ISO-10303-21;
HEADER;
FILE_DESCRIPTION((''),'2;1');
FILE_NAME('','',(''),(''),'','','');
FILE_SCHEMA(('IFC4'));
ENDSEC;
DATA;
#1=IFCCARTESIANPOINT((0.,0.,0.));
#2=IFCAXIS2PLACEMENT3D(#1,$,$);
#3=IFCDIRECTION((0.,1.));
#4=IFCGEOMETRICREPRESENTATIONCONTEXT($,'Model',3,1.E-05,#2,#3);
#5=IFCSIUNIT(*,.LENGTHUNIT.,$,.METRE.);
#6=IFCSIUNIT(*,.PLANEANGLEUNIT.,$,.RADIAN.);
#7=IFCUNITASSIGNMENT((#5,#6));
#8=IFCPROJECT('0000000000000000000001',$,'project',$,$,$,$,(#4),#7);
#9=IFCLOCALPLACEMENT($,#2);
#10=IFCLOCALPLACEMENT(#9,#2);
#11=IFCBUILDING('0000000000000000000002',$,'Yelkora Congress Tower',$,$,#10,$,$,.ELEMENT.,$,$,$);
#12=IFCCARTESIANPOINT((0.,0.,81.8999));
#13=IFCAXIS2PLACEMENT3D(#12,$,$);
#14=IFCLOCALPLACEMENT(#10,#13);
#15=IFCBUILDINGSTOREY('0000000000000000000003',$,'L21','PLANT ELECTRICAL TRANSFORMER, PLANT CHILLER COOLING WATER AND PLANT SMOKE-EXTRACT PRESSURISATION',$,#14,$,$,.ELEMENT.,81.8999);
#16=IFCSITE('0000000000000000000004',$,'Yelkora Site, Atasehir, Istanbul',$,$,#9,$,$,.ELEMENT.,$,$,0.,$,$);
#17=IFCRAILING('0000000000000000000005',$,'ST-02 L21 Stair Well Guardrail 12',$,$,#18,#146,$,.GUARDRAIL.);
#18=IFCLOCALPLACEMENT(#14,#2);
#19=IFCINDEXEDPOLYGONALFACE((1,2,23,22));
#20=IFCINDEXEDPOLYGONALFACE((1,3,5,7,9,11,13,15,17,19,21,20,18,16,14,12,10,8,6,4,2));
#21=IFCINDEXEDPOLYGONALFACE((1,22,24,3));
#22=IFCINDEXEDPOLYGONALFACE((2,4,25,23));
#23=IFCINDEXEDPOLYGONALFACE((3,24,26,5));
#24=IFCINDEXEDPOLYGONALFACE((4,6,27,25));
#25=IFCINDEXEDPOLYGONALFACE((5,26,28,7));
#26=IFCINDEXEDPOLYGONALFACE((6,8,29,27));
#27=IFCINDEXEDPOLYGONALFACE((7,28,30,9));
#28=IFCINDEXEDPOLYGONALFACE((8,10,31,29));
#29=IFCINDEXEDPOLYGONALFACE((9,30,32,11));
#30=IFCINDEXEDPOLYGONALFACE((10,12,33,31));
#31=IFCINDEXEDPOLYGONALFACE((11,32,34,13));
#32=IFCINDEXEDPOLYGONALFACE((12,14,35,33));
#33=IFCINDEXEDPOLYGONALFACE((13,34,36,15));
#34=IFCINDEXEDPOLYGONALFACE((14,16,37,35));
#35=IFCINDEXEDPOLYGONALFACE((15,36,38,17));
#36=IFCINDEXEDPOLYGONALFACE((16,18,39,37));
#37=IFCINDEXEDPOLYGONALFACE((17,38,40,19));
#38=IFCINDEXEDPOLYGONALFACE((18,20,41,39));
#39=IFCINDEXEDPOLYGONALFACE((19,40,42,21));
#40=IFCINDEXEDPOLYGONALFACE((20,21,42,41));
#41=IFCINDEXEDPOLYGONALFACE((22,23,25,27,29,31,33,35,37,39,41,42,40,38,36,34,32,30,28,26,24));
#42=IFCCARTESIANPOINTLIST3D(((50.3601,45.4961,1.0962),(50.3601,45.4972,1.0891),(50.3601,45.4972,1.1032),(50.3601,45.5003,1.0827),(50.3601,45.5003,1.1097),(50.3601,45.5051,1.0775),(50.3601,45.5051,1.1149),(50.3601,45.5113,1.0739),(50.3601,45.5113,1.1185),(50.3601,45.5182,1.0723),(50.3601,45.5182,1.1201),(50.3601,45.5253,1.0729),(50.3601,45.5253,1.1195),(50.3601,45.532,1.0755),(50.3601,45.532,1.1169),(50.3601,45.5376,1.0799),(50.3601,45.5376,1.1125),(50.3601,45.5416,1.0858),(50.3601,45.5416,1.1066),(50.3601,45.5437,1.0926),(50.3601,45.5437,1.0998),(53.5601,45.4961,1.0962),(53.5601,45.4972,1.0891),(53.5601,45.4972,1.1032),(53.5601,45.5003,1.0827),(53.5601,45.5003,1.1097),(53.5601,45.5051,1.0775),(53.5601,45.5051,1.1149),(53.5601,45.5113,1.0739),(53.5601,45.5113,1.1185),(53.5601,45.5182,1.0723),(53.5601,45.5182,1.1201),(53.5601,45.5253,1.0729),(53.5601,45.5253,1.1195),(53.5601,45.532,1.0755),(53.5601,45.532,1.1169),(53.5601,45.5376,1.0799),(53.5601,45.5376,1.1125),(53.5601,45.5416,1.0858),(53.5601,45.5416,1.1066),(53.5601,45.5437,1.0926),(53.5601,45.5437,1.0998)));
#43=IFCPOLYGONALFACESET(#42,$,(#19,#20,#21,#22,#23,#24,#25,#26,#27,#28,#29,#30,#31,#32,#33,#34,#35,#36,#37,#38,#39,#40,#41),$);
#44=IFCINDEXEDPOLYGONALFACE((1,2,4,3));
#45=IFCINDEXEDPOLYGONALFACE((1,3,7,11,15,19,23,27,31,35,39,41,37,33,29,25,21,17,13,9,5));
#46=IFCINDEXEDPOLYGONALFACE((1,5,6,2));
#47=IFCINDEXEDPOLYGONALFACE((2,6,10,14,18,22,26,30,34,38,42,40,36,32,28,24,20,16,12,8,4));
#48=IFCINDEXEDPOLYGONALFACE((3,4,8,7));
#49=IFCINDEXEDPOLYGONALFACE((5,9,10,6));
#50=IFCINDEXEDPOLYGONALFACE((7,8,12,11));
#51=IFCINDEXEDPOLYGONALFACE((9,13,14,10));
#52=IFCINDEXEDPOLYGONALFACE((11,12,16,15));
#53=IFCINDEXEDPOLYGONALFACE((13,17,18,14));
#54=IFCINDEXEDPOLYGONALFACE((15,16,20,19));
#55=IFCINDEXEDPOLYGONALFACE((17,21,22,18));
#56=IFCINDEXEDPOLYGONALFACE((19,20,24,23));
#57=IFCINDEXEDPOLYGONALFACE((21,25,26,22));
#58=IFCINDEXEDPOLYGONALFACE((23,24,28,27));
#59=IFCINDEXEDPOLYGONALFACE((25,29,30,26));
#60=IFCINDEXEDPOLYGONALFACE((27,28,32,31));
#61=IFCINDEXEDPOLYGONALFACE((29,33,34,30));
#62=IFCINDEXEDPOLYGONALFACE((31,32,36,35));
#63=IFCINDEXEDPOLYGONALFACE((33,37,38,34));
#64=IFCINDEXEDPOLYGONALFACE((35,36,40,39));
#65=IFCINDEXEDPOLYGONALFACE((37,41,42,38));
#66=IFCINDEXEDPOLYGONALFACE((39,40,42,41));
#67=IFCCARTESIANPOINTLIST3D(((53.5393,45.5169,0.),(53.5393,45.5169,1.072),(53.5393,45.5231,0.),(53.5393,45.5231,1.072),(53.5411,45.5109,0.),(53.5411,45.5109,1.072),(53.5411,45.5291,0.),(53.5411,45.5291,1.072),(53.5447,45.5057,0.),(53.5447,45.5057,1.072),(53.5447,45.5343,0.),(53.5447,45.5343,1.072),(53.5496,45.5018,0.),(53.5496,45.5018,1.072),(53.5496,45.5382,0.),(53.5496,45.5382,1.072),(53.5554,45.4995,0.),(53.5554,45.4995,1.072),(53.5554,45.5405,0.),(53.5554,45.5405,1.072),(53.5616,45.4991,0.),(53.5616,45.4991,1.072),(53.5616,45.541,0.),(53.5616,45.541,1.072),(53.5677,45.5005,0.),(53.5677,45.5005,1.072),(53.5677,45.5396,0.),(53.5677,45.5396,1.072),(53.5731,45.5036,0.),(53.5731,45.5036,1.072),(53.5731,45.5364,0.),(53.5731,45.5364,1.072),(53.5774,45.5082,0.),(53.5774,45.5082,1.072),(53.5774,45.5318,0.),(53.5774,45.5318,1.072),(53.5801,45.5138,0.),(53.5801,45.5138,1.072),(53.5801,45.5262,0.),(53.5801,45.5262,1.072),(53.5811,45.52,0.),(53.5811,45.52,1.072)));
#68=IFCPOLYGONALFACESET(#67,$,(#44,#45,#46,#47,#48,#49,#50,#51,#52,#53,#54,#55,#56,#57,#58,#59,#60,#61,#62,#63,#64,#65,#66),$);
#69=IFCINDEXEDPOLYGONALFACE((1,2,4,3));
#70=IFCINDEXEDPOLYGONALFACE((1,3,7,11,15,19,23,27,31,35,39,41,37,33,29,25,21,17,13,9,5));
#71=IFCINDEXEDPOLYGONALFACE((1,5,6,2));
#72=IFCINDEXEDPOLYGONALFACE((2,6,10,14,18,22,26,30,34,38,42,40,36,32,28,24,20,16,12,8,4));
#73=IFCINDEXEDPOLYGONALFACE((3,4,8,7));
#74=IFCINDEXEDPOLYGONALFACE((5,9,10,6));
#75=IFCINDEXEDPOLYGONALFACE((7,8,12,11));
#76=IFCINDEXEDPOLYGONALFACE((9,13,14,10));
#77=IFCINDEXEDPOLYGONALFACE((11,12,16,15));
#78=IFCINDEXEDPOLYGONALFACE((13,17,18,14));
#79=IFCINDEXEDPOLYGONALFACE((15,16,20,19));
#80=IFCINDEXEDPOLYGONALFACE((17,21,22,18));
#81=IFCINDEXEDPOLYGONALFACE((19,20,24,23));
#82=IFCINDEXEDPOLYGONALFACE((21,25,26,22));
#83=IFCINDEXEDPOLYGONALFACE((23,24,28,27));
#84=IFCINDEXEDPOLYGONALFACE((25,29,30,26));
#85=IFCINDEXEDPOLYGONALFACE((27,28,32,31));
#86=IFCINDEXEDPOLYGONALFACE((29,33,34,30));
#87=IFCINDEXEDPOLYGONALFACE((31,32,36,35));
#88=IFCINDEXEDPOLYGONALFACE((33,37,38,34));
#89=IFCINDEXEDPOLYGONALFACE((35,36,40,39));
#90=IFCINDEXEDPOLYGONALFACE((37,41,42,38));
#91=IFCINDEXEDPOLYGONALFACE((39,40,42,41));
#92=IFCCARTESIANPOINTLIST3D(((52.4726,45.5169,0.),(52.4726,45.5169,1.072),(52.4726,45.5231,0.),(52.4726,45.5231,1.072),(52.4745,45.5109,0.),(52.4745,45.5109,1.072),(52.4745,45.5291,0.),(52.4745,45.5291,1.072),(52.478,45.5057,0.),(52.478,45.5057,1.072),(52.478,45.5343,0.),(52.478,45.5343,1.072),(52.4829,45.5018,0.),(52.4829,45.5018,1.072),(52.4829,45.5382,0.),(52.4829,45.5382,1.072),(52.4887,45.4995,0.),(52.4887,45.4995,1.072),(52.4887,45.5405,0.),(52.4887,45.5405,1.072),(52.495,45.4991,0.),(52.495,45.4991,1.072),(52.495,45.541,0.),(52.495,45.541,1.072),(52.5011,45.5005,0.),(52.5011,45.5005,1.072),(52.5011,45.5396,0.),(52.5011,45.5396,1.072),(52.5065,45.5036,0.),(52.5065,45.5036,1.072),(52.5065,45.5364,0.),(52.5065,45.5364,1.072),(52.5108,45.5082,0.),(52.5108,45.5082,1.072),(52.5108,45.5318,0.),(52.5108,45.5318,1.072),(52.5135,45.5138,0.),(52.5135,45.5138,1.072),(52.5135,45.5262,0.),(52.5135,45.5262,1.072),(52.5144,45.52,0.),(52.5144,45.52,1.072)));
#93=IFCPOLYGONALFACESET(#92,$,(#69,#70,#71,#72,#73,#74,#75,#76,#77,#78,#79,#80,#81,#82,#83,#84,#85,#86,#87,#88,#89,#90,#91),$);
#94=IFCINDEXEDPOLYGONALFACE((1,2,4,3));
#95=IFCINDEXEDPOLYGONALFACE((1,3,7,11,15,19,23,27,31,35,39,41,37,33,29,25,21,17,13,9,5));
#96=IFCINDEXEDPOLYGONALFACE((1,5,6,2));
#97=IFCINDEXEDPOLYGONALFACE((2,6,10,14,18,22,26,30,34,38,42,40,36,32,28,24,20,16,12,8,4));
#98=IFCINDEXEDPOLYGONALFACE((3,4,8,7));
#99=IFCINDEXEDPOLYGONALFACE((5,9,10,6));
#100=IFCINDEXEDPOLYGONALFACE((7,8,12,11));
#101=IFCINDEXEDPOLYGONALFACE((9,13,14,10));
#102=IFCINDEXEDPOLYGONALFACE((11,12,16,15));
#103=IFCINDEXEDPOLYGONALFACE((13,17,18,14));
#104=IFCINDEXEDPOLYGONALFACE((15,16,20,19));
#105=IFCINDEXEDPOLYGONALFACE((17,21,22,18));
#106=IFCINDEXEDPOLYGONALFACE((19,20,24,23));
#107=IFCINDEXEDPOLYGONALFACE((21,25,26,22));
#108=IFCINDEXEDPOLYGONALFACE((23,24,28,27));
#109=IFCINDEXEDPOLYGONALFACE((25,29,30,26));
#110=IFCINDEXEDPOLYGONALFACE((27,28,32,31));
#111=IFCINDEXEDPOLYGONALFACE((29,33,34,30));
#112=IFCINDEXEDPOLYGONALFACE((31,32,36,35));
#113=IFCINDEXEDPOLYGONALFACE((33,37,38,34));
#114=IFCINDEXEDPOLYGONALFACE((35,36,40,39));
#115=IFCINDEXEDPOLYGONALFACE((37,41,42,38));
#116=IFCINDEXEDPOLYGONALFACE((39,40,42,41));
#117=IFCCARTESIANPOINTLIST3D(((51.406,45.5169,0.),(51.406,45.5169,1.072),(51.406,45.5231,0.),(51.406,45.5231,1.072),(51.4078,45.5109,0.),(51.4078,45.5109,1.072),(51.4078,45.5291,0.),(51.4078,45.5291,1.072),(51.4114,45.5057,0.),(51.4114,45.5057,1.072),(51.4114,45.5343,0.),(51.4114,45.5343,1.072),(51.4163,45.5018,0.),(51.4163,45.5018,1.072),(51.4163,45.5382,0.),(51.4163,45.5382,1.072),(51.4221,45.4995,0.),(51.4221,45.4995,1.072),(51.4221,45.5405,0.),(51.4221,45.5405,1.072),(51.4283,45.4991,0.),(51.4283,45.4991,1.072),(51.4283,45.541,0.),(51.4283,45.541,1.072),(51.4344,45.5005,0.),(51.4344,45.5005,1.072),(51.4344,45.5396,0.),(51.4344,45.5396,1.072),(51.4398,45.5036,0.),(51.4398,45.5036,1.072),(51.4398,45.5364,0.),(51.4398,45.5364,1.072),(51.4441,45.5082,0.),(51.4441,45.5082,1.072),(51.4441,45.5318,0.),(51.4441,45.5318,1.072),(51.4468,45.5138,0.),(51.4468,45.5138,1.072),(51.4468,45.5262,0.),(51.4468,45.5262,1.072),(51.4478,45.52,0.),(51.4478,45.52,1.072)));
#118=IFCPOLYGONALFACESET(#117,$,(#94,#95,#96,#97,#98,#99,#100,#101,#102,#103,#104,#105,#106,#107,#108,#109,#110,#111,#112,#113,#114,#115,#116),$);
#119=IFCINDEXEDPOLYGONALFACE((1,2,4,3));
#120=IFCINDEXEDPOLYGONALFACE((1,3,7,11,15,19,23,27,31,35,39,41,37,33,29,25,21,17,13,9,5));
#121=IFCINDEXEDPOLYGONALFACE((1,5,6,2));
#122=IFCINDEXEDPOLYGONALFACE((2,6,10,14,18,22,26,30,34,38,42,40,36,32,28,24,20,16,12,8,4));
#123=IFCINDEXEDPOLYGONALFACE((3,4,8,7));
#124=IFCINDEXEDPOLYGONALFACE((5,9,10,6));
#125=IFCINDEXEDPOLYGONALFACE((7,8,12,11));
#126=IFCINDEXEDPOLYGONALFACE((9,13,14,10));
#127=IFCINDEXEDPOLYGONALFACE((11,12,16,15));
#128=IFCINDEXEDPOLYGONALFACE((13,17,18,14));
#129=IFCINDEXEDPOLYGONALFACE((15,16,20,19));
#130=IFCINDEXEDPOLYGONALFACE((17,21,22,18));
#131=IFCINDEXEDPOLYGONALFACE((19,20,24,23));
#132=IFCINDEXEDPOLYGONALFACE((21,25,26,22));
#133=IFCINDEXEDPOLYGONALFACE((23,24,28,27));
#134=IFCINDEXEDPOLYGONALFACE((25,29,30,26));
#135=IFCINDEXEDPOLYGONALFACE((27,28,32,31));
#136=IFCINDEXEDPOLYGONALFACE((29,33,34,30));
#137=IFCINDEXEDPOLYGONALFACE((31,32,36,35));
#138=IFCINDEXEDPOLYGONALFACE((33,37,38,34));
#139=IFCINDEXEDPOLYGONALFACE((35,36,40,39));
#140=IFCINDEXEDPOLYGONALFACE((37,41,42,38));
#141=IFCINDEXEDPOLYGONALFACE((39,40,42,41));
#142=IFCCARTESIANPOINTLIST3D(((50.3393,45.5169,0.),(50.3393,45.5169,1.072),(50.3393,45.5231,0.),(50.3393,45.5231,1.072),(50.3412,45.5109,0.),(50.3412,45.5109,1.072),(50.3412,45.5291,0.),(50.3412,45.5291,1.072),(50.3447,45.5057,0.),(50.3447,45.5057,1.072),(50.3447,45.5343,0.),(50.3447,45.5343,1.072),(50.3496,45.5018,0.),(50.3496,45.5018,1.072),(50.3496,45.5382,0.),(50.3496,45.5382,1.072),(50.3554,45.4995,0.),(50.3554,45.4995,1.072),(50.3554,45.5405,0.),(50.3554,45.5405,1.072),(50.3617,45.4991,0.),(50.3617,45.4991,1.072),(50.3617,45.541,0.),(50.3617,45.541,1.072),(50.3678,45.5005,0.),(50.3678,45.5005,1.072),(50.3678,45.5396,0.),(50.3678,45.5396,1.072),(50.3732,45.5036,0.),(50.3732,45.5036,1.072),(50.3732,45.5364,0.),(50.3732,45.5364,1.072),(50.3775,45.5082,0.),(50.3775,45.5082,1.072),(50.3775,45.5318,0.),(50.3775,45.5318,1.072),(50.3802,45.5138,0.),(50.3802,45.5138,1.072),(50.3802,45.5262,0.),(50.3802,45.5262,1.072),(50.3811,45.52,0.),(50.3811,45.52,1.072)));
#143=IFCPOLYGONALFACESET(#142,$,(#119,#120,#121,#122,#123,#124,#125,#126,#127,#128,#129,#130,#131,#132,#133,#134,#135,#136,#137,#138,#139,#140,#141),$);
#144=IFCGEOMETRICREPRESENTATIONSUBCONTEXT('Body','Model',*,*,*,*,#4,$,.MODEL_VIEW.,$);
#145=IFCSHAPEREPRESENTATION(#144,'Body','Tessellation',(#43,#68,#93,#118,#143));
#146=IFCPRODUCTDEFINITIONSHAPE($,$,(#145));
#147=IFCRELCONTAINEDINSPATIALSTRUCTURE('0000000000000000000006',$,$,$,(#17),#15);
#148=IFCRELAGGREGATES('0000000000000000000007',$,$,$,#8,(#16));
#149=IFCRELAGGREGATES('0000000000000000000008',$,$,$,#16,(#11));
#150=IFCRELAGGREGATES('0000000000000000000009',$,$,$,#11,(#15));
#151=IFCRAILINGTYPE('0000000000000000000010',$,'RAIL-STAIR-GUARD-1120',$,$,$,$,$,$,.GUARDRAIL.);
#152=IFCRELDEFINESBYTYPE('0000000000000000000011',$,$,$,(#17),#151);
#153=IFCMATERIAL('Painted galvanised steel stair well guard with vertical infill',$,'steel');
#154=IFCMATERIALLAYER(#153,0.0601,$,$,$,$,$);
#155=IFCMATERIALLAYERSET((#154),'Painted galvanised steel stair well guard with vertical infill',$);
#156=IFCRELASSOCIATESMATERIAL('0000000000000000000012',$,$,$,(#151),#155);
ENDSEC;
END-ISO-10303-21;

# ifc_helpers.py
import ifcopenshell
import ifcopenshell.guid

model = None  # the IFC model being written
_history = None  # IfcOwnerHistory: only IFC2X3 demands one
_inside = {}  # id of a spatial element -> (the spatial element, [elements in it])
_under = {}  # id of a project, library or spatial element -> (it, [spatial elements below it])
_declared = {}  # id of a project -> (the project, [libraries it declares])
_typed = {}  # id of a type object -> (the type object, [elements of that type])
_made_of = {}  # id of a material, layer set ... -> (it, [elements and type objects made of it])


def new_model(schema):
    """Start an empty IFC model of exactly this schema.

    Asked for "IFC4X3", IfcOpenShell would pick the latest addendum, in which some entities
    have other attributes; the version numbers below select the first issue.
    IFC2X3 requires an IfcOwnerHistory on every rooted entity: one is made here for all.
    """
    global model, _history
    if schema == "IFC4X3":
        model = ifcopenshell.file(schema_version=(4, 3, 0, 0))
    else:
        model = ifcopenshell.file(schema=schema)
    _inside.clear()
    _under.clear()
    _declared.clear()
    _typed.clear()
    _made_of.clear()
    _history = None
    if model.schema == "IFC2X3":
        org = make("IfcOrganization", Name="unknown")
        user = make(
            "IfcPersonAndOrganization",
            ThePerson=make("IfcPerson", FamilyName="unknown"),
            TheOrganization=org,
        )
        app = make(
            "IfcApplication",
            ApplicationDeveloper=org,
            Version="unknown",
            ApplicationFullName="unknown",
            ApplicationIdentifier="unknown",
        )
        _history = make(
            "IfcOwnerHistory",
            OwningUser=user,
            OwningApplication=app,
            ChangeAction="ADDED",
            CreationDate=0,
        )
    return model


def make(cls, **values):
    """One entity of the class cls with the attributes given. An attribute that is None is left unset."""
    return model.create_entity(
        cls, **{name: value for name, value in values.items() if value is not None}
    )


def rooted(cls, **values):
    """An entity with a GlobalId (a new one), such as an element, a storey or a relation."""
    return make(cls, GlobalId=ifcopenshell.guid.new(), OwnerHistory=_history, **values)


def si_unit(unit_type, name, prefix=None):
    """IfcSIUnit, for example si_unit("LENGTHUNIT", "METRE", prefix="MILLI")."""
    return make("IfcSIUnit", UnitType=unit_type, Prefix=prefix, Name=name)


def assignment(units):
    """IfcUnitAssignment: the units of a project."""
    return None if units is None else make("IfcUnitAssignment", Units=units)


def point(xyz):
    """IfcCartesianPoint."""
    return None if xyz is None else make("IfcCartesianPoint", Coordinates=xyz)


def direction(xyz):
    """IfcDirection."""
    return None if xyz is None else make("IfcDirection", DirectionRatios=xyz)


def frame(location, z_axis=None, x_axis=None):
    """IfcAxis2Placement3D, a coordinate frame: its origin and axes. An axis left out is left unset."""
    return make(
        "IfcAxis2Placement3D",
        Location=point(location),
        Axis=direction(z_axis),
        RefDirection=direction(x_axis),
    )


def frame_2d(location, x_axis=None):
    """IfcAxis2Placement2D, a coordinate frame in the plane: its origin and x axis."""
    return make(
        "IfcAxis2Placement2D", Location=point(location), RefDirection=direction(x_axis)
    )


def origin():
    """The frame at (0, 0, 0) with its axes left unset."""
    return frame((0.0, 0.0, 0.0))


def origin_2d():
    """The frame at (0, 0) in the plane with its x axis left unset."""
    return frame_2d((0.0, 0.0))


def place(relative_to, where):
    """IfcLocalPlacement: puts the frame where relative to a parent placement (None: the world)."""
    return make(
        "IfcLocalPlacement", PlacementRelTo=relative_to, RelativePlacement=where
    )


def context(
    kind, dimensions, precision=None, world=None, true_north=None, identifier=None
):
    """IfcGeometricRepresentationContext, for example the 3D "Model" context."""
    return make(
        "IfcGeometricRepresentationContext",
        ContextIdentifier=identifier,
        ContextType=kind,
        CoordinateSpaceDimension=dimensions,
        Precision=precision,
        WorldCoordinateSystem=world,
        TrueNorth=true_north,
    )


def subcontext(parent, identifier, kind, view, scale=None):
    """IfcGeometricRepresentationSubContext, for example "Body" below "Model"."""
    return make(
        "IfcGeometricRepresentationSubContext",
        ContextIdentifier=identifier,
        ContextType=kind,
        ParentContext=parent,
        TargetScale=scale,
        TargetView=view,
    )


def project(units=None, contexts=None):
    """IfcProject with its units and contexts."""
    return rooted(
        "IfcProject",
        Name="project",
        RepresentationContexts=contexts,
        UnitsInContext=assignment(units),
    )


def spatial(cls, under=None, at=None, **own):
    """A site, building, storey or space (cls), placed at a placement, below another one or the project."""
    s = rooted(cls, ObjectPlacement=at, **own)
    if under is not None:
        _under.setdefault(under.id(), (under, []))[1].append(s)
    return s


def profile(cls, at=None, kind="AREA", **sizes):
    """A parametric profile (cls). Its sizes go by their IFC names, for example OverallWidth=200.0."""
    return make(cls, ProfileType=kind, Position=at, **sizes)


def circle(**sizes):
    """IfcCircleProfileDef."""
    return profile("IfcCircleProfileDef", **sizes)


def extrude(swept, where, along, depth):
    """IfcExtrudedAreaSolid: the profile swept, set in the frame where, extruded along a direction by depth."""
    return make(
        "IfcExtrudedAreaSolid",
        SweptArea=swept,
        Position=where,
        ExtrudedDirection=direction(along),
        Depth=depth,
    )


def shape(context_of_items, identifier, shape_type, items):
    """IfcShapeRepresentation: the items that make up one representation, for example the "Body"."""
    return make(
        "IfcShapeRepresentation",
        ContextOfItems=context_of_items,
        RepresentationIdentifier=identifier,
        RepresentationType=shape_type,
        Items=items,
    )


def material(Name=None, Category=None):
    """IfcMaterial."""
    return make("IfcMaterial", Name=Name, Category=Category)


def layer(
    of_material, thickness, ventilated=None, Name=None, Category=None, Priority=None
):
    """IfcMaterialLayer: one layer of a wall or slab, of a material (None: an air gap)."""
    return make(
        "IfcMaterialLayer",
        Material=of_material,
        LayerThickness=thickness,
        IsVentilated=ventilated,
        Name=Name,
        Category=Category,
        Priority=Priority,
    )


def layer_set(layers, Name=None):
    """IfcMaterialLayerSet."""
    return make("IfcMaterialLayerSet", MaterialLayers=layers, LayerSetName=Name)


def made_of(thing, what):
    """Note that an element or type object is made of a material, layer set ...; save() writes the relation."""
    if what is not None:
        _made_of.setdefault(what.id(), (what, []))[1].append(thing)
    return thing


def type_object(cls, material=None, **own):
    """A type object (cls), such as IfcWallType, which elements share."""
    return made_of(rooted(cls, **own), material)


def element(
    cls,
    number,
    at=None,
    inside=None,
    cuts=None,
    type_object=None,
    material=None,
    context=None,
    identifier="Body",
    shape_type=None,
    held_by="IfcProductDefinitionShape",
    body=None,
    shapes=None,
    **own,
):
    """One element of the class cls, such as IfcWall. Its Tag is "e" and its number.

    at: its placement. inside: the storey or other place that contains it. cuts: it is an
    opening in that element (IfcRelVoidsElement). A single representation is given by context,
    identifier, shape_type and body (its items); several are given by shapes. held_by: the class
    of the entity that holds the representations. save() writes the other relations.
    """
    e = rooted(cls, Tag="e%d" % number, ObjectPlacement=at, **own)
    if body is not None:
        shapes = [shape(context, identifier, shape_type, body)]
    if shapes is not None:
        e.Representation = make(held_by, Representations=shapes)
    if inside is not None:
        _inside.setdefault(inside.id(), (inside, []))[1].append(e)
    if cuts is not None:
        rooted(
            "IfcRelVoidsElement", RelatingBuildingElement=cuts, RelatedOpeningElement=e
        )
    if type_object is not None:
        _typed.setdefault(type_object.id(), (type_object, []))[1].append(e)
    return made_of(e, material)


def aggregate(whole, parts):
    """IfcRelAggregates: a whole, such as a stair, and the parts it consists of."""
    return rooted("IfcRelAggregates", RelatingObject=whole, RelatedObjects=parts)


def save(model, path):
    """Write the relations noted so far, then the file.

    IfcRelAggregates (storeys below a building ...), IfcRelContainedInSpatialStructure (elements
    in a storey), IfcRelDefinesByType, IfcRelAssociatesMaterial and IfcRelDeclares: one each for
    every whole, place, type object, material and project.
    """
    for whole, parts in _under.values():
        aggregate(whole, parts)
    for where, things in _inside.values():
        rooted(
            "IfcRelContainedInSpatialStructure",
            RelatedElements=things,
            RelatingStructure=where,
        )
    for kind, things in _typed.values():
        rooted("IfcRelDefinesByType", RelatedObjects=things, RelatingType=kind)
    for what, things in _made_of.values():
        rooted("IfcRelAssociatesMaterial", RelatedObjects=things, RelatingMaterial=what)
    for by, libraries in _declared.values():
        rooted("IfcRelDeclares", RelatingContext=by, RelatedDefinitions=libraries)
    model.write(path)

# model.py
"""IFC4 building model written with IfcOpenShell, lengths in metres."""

from ifc_helpers import new_model, si_unit, direction, frame, origin, origin_2d, place, context, subcontext, project, spatial, circle, extrude, material, layer, layer_set, type_object, element, save


model = new_model("IFC4")

# Units and contexts
model_context = context("Model", 3, precision=1e-05, world=origin(), true_north=direction((0.0, 1.0)))
body_context = subcontext(model_context, "Body", "Model", "MODEL_VIEW")
ifc_project = project(units=[si_unit("LENGTHUNIT", "METRE"), si_unit("PLANEANGLEUNIT", "RADIAN")], contexts=[model_context])

# Site, building, storey
site_placement = place(None, origin())
site = spatial("IfcSite", under=ifc_project, at=site_placement, Name="Yelkora Site, Atasehir, Istanbul", CompositionType="ELEMENT", RefElevation=0.0)
building_placement = place(site_placement, origin())
building = spatial("IfcBuilding", under=site, at=building_placement, Name="Yelkora Congress Tower", CompositionType="ELEMENT")
storey_placement = place(building_placement, frame((0.0, 0.0, 81.8999)))
storey = spatial("IfcBuildingStorey", under=building, at=storey_placement, Name="L21", Description="PLANT ELECTRICAL TRANSFORMER, PLANT CHILLER COOLING WATER AND PLANT SMOKE-EXTRACT PRESSURISATION", CompositionType="ELEMENT", Elevation=81.8999)

# Railing
ifc_material_1 = material(Name="Painted galvanised steel stair well guard with vertical infill", Category="steel")
ifc_layer_1 = layer(ifc_material_1, 0.0601)
ifc_layer_set_1 = layer_set([ifc_layer_1], Name="Painted galvanised steel stair well guard with vertical infill")
railing_type_1 = type_object("IfcRailingType", Name="RAIL-STAIR-GUARD-1120", PredefinedType="GUARDRAIL", material=ifc_layer_set_1)
railing_1_placement = place(storey_placement, frame((53.5601, 45.52, 0.0)))
element("IfcRailing", 1, at=railing_1_placement, inside=storey, type_object=railing_type_1, Name="ST-02 L21 Stair Well Guardrail 12", PredefinedType="GUARDRAIL", context=body_context, shape_type="SweptSolid", body=[
    extrude(circle(Radius=0.0239, at=origin_2d()), frame((0.0, 0.0, 1.0962), z_axis=(-1.0, 0.0, 0.0), x_axis=(0.0, -1.0, 0.0)), (0.0, 0.0, 1.0), 3.2),
    extrude(circle(Radius=0.021, at=origin_2d()), origin(), (0.0, 0.0, 1.0), 1.072),
    extrude(circle(Radius=0.021, at=origin_2d()), frame((-1.0667, 0.0, 0.0)), (0.0, 0.0, 1.0), 1.072),
    extrude(circle(Radius=0.021, at=origin_2d()), frame((-2.1333, 0.0, 0.0)), (0.0, 0.0, 1.0), 1.072),
    extrude(circle(Radius=0.021, at=origin_2d()), frame((-3.2, 0.0, 0.0)), (0.0, 0.0, 1.0), 1.072),
])

save(model, "model.ifc")
